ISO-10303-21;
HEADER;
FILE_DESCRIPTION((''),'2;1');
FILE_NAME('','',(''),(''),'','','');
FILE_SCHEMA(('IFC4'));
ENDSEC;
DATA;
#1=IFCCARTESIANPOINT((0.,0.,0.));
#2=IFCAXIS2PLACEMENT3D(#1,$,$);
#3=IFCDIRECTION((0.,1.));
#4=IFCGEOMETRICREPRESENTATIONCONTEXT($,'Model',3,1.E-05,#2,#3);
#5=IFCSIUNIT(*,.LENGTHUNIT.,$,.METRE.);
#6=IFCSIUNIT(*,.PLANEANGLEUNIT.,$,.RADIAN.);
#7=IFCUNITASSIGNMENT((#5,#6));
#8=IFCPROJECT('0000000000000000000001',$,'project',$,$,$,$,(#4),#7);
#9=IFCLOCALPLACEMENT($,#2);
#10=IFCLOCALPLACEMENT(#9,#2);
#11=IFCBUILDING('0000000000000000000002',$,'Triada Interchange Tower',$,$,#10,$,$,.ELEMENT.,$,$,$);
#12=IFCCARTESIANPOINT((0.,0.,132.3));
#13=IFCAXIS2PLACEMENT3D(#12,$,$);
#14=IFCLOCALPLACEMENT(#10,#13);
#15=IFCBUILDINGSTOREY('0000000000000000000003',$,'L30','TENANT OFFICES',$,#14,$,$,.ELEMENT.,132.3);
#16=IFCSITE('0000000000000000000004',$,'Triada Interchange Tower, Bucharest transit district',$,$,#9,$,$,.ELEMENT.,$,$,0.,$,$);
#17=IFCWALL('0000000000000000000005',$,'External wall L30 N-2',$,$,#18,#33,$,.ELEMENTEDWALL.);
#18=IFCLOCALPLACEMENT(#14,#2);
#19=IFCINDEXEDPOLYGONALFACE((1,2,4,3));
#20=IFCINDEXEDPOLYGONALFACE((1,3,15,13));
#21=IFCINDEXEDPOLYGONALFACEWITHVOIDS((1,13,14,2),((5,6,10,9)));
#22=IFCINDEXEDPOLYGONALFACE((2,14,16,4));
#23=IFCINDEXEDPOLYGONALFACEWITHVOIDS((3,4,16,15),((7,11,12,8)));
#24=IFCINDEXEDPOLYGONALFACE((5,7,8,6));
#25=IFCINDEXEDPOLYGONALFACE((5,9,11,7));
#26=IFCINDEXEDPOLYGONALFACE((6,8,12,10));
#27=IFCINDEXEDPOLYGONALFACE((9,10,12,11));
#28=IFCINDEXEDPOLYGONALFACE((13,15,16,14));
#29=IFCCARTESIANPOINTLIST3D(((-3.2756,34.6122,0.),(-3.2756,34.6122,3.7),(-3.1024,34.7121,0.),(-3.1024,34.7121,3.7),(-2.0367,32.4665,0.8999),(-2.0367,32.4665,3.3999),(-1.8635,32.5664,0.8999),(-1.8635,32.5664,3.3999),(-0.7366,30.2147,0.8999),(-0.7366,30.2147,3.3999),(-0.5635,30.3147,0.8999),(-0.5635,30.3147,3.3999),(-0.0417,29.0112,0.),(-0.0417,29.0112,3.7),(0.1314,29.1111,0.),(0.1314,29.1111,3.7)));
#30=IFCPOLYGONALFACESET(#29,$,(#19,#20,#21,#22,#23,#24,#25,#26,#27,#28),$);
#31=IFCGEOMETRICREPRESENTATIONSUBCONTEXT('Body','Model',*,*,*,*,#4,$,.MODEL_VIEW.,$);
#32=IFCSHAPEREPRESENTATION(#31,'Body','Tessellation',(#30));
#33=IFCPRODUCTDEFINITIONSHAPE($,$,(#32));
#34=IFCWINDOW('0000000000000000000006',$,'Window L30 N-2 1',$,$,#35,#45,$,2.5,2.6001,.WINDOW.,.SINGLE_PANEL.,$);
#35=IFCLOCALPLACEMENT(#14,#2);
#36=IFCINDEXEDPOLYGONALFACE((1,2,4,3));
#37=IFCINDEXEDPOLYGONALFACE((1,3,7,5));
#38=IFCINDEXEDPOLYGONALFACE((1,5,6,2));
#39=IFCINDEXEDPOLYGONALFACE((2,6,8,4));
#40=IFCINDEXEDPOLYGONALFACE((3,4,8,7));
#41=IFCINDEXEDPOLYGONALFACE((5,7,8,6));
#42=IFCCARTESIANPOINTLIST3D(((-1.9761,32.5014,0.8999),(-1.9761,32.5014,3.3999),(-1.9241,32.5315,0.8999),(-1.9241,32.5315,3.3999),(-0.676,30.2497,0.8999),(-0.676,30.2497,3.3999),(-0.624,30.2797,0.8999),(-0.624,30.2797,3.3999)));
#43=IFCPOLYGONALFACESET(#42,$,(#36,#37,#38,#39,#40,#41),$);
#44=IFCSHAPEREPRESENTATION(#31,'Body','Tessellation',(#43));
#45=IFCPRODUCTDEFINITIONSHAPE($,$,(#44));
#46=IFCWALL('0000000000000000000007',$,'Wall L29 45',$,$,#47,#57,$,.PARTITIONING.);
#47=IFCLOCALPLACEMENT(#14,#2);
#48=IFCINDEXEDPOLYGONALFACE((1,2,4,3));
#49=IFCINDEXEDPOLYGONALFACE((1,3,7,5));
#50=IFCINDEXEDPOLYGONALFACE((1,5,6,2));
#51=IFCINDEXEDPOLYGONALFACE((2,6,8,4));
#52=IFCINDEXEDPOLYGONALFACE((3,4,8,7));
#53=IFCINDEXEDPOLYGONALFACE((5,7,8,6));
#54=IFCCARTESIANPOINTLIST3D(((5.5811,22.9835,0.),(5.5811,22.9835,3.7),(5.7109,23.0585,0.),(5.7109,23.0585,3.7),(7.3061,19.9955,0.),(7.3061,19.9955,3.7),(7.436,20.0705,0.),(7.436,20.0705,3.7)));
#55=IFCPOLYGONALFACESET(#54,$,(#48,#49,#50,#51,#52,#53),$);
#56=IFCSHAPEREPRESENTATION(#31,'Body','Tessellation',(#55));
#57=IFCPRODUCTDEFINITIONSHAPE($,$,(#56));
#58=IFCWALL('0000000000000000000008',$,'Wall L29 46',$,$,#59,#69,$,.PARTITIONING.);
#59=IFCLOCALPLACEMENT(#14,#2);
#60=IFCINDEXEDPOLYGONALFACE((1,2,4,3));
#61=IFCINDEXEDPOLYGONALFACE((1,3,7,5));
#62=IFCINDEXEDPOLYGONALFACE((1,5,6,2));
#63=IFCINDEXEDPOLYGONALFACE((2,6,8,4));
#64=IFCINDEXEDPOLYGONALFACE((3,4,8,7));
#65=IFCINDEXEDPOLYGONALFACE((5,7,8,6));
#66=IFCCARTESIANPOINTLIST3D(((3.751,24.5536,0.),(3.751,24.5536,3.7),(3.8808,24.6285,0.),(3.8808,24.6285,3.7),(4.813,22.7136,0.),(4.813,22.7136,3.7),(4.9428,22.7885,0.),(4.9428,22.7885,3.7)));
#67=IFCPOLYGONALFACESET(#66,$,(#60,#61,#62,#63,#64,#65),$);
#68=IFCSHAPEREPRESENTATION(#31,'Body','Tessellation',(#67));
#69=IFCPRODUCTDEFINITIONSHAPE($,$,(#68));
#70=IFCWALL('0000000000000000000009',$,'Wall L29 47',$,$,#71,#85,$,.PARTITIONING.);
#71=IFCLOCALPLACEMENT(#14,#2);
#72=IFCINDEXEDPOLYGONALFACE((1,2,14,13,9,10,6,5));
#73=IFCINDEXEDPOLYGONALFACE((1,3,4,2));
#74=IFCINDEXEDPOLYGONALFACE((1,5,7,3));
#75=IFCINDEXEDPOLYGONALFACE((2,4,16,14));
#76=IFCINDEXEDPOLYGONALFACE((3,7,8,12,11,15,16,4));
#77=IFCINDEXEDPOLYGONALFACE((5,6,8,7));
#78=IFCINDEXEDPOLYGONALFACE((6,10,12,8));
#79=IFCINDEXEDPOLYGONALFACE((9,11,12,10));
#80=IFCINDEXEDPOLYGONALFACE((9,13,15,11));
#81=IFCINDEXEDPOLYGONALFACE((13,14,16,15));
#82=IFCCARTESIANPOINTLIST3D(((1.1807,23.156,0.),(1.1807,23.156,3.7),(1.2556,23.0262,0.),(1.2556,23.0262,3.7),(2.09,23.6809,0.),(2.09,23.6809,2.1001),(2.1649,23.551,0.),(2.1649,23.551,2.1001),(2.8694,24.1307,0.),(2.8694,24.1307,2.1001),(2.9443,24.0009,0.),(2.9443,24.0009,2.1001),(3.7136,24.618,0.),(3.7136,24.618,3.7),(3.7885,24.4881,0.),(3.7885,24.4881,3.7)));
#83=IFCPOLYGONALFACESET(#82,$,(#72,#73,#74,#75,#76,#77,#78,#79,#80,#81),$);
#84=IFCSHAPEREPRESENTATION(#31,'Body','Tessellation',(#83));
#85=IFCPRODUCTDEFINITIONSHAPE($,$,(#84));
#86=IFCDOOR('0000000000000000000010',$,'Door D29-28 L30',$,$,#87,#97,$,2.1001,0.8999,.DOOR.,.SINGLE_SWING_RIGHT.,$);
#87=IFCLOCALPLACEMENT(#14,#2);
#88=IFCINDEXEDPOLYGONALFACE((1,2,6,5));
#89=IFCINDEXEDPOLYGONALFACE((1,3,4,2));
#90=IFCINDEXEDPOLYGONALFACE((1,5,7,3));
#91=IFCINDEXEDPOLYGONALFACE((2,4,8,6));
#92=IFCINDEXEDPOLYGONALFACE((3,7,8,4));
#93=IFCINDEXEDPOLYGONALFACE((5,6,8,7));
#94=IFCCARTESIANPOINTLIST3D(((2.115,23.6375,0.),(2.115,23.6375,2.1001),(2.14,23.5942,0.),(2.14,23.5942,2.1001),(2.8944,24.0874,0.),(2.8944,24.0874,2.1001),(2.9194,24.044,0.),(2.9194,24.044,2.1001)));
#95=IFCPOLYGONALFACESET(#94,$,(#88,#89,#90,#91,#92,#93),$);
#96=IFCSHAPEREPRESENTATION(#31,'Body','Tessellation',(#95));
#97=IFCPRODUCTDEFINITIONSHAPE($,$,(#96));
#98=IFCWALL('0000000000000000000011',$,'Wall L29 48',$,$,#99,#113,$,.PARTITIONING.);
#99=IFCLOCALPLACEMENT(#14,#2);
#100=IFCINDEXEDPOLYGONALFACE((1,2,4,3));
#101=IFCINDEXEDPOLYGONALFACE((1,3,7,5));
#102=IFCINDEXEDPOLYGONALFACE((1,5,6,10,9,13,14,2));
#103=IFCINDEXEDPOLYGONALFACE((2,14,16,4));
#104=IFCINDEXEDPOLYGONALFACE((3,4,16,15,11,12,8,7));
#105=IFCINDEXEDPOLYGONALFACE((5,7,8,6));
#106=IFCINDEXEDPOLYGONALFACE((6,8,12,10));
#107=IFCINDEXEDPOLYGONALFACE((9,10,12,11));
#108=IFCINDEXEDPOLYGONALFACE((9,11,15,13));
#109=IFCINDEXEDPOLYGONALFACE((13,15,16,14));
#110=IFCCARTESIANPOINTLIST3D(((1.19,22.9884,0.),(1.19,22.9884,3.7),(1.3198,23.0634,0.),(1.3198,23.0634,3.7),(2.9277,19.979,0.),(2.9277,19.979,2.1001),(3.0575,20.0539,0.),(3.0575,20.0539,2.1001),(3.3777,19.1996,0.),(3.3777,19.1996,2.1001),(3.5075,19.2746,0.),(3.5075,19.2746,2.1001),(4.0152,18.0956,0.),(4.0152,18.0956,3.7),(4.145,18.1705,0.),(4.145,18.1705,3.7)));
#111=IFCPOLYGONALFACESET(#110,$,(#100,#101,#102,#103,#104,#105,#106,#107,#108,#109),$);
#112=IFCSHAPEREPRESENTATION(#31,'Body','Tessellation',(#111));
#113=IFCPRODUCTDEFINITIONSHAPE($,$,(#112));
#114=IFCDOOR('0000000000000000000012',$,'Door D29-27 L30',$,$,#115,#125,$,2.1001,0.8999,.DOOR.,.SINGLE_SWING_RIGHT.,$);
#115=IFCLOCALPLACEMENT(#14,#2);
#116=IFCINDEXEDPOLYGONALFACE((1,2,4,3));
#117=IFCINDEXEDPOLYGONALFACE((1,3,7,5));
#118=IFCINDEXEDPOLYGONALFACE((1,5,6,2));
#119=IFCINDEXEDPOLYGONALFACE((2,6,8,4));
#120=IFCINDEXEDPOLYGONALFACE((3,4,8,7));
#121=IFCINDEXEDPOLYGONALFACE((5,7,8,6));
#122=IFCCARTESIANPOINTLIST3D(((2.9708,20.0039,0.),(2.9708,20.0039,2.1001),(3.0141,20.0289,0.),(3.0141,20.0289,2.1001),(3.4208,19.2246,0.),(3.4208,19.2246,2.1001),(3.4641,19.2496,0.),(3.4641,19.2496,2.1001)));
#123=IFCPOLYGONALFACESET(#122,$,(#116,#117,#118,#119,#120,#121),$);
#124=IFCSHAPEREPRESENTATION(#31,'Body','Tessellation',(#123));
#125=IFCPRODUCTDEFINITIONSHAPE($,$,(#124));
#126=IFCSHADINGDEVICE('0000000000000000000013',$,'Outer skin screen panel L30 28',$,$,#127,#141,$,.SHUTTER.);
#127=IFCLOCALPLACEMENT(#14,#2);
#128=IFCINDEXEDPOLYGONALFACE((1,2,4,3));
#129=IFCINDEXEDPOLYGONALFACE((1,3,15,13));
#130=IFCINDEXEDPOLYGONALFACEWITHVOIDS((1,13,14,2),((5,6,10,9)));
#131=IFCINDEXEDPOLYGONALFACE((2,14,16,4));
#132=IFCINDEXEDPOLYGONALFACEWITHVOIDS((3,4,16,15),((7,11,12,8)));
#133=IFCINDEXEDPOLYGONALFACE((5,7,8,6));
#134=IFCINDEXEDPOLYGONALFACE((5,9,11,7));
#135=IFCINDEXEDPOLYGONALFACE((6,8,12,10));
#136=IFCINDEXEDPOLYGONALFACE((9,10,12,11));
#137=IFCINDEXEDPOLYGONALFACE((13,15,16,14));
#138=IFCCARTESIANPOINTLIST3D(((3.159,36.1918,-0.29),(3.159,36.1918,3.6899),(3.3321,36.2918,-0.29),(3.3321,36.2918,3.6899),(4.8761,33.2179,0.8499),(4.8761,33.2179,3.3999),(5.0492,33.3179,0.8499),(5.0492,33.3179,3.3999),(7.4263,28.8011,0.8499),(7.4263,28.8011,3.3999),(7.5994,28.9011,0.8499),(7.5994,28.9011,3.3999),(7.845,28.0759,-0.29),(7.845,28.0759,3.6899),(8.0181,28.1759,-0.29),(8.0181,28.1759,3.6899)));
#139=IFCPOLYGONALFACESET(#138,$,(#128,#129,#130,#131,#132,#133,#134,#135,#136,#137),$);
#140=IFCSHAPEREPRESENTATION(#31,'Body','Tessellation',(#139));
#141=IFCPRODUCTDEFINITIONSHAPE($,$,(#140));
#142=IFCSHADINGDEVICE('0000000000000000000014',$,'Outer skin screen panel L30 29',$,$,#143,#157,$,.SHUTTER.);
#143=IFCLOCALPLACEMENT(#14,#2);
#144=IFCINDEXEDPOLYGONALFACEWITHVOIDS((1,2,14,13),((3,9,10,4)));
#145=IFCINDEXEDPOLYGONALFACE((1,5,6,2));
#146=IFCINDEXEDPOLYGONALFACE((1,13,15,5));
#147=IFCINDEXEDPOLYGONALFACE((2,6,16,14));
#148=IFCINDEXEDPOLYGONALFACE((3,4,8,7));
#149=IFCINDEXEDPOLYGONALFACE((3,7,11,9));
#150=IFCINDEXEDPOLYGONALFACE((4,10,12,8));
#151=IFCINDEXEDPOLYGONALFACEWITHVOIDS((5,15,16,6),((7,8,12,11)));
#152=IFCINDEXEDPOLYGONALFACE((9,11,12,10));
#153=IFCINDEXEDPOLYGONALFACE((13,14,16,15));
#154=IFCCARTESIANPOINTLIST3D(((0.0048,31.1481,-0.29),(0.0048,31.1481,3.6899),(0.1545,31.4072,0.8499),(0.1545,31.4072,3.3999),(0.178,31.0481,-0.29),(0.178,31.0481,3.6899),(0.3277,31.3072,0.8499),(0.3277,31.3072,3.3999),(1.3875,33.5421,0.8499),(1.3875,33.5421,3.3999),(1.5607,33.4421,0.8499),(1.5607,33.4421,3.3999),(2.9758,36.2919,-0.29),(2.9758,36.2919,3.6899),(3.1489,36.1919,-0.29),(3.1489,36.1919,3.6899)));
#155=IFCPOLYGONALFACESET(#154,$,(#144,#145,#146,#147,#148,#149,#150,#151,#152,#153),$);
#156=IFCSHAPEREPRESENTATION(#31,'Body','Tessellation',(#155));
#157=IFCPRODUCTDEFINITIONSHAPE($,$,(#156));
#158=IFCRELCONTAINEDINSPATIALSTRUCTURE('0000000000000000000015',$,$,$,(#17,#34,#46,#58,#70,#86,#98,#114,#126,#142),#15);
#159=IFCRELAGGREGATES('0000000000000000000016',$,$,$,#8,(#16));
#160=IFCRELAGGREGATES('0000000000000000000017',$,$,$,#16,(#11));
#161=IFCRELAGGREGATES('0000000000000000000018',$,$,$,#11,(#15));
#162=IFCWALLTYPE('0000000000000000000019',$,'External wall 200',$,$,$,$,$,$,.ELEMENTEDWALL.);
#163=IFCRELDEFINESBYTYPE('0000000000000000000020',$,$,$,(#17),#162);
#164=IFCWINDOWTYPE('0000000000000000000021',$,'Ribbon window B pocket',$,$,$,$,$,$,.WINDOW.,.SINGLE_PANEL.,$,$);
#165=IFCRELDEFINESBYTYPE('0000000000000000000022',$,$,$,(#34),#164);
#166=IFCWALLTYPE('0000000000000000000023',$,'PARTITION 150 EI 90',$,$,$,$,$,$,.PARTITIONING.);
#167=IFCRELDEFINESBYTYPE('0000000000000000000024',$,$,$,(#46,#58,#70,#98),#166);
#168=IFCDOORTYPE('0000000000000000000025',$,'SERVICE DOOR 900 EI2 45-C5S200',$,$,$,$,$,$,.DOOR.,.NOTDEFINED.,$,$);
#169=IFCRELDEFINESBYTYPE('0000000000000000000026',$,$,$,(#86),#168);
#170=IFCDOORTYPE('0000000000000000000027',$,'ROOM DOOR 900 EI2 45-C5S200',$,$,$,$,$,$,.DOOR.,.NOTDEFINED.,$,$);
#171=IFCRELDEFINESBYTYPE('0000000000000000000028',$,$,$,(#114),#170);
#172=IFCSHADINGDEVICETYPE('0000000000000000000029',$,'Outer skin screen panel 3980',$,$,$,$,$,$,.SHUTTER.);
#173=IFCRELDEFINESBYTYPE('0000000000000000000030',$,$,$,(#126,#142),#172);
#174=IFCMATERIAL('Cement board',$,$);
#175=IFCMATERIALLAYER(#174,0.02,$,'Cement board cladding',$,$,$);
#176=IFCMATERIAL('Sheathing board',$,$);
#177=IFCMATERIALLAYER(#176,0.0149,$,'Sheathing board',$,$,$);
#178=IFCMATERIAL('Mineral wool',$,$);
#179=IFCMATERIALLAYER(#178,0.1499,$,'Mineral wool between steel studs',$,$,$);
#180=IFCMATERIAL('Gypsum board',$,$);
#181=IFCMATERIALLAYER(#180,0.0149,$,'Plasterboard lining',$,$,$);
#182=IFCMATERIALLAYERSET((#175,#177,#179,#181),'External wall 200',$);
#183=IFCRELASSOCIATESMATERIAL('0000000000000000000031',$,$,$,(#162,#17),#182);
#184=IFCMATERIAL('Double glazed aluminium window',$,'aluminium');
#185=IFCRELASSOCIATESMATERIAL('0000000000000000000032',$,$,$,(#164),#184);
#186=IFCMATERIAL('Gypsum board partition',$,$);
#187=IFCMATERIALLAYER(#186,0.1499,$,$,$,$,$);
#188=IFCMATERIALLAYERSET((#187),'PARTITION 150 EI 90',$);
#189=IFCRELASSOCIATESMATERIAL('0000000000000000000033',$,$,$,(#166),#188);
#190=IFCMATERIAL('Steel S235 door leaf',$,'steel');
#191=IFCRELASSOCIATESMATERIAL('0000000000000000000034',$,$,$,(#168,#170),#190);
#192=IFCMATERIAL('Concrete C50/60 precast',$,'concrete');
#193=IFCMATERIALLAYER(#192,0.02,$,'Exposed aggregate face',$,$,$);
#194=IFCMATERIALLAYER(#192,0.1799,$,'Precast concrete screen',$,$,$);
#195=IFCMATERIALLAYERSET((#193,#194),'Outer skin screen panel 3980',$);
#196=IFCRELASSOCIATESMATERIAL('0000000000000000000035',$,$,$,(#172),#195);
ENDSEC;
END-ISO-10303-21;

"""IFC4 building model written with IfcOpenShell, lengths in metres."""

from ifc_helpers import new_model, si_unit, direction, frame, frame_2d, origin, place, context, subcontext, project, spatial, polyline, rectangle, outline, extrude, material, layer, layer_set, layer_usage, type_object, element, fill, save


model = new_model("IFC4")

# Units and contexts
model_context = context("Model", 3, precision=1e-05, world=origin(), true_north=direction((0.0, 1.0)))
body_context = subcontext(model_context, "Body", "Model", "MODEL_VIEW")
ifc_project = project(units=[si_unit("LENGTHUNIT", "METRE"), si_unit("PLANEANGLEUNIT", "RADIAN")], contexts=[model_context])

# Site, building, storey
site_placement = place(None, origin())
site = spatial("IfcSite", under=ifc_project, at=site_placement, Name="Triada Interchange Tower, Bucharest transit district", CompositionType="ELEMENT", RefElevation=0.0)
building_placement = place(site_placement, origin())
building = spatial("IfcBuilding", under=site, at=building_placement, Name="Triada Interchange Tower", CompositionType="ELEMENT")
storey_placement = place(building_placement, frame((0.0, 0.0, 132.3)))
storey = spatial("IfcBuildingStorey", under=building, at=storey_placement, Name="L30", Description="TENANT OFFICES", CompositionType="ELEMENT", Elevation=132.3)

# Wall, opening, window
ifc_material_1 = material(Name="Cement board")
ifc_layer_1 = layer(ifc_material_1, 0.02, Name="Cement board cladding")
ifc_material_2 = material(Name="Sheathing board")
ifc_layer_2 = layer(ifc_material_2, 0.0149, Name="Sheathing board")
ifc_material_3 = material(Name="Mineral wool")
ifc_layer_3 = layer(ifc_material_3, 0.1499, Name="Mineral wool between steel studs")
ifc_material_4 = material(Name="Gypsum board")
ifc_layer_4 = layer(ifc_material_4, 0.0149, Name="Plasterboard lining")
ifc_layer_set_1 = layer_set([ifc_layer_1, ifc_layer_2, ifc_layer_3, ifc_layer_4], Name="External wall 200")
ifc_layer_usage = layer_usage(ifc_layer_set_1, "AXIS2", "POSITIVE", -0.1001)
wall_type_1 = type_object("IfcWallType", Name="External wall 200", PredefinedType="ELEMENTEDWALL", material=ifc_layer_set_1)
ifc_material_5 = material(Name="Double glazed aluminium window", Category="aluminium")
window_type = type_object("IfcWindowType", Name="Ribbon window B pocket", PartitioningType="SINGLE_PANEL", PredefinedType="WINDOW", material=ifc_material_5)
wall_1_placement = place(storey_placement, frame((0.0449, 29.061, 0.0), z_axis=(0.0, 0.0, 1.0), x_axis=(-0.500012, 0.866018, 0.0)))
wall_1 = element("IfcWall", 1, at=wall_1_placement, inside=storey, type_object=wall_type_1, material=ifc_layer_usage, Name="External wall L30 N-2", PredefinedType="ELEMENTEDWALL", context=body_context, shape_type="SweptSolid", body=[
    extrude(rectangle(XDim=6.4675, YDim=0.2, at=frame_2d((3.2339, 0.0))), origin(), (0.0, 0.0, 1.0), 3.7),
])
opening_1_placement = place(wall_1_placement, frame((1.3899, 0.0, 0.8999)))
opening_1 = element("IfcOpeningElement", 2, at=opening_1_placement, cuts=wall_1, PredefinedType="OPENING", context=body_context, shape_type="SweptSolid", body=[
    extrude(rectangle(XDim=2.6001, YDim=2.5, at=frame_2d((1.3, 1.25))), frame((0.0, 0.1099, 0.0), z_axis=(0.0, -1.0, 0.0), x_axis=(1.0, 0.0, 0.0)), (0.0, 0.0, 1.0), 0.22),
])
window_1_placement = place(opening_1_placement, origin())
window_1 = element("IfcWindow", 3, at=window_1_placement, inside=storey, type_object=window_type, Name="Window L30 N-2 1", OverallHeight=2.5, OverallWidth=2.6001, PartitioningType="SINGLE_PANEL", PredefinedType="WINDOW", context=body_context, shape_type="SweptSolid", body=[
    extrude(rectangle(XDim=2.6001, YDim=2.5, at=frame_2d((1.3, 1.25))), frame((0.0, 0.03, 0.0), z_axis=(0.0, -1.0, 0.0), x_axis=(1.0, 0.0, 0.0)), (0.0, 0.0, 1.0), 0.0601),
])
fill(opening_1, window_1)

# Walls
ifc_material_6 = material(Name="Gypsum board partition")
ifc_layer_5 = layer(ifc_material_6, 0.1499)
ifc_layer_set_2 = layer_set([ifc_layer_5], Name="PARTITION 150 EI 90")
wall_type_2 = type_object("IfcWallType", Name="PARTITION 150 EI 90", PredefinedType="PARTITIONING", material=ifc_layer_set_2)
wall_2_placement = place(storey_placement, frame((5.646, 23.021, 0.0), z_axis=(0.0, 0.0, 1.0), x_axis=(0.49999, -0.866031, 0.0)))
element("IfcWall", 4, at=wall_2_placement, inside=storey, type_object=wall_type_2, Name="Wall L29 45", PredefinedType="PARTITIONING", context=body_context, shape_type="SweptSolid", body=[
    extrude(rectangle(XDim=3.4502, YDim=0.1499, at=frame_2d((1.7251, 0.0))), origin(), (0.0, 0.0, 1.0), 3.7),
])
wall_3_placement = place(storey_placement, frame((3.8159, 24.5911, 0.0), z_axis=(0.0, 0.0, 1.0), x_axis=(0.499872, -0.866099, 0.0)))
element("IfcWall", 5, at=wall_3_placement, inside=storey, type_object=wall_type_2, Name="Wall L29 46", PredefinedType="PARTITIONING", context=body_context, shape_type="SweptSolid", body=[
    extrude(rectangle(XDim=2.1245, YDim=0.1499, at=frame_2d((1.0623, 0.0))), origin(), (0.0, 0.0, 1.0), 3.7),
])

# Walls, openings, doors
wall_4_placement = place(storey_placement, frame((1.218, 23.0911, 0.0), z_axis=(0.0, 0.0, 1.0), x_axis=(0.866098, 0.499874, 0.0)))
wall_4 = element("IfcWall", 6, at=wall_4_placement, inside=storey, type_object=wall_type_2, Name="Wall L29 47", PredefinedType="PARTITIONING", context=body_context, shape_type="SweptSolid", body=[
    extrude(rectangle(XDim=2.9246, YDim=0.1499, at=frame_2d((1.4624, 0.0))), origin(), (0.0, 0.0, 1.0), 3.7),
])
opening_2_placement = place(wall_4_placement, frame((1.05, 0.0, 0.0)))
opening_2 = element("IfcOpeningElement", 7, at=opening_2_placement, cuts=wall_4, PredefinedType="OPENING", context=body_context, shape_type="SweptSolid", body=[
    extrude(rectangle(XDim=0.8999, YDim=2.1001, at=frame_2d((0.45, 1.05))), frame((0.0, 0.085, 0.0), z_axis=(0.0, -1.0, 0.0), x_axis=(1.0, 0.0, 0.0)), (0.0, 0.0, 1.0), 0.1699),
])
ifc_material_7 = material(Name="Steel S235 door leaf", Category="steel")
door_type_1 = type_object("IfcDoorType", Name="SERVICE DOOR 900 EI2 45-C5S200", OperationType="NOTDEFINED", PredefinedType="DOOR", material=ifc_material_7)
door_1_placement = place(opening_2_placement, origin())
door_1 = element("IfcDoor", 8, at=door_1_placement, inside=storey, type_object=door_type_1, Name="Door D29-28 L30", OperationType="SINGLE_SWING_RIGHT", OverallHeight=2.1001, OverallWidth=0.8999, PredefinedType="DOOR", context=body_context, shape_type="SweptSolid", body=[
    extrude(rectangle(XDim=0.8999, YDim=2.1001, at=frame_2d((0.45, 1.05))), frame((0.0, 0.0249, 0.0), z_axis=(0.0, -1.0, 0.0), x_axis=(1.0, 0.0, 0.0)), (0.0, 0.0, 1.0), 0.05),
])
fill(opening_2, door_1)
wall_5_placement = place(storey_placement, frame((1.2549, 23.0259, 0.0), z_axis=(0.0, 0.0, 1.0), x_axis=(0.500043, -0.866001, 0.0)))
wall_5 = element("IfcWall", 9, at=wall_5_placement, inside=storey, type_object=wall_type_2, Name="Wall L29 48", PredefinedType="PARTITIONING", context=body_context, shape_type="SweptSolid", body=[
    extrude(rectangle(XDim=5.6499, YDim=0.1499, at=frame_2d((2.825, 0.0))), origin(), (0.0, 0.0, 1.0), 3.7),
])
opening_3_placement = place(wall_5_placement, frame((3.4751, 0.0, 0.0)))
opening_3 = element("IfcOpeningElement", 10, at=opening_3_placement, cuts=wall_5, PredefinedType="OPENING", context=body_context, shape_type="SweptSolid", body=[
    extrude(rectangle(XDim=0.8999, YDim=2.1001, at=frame_2d((0.45, 1.05))), frame((0.0, 0.085, 0.0), z_axis=(0.0, -1.0, 0.0), x_axis=(1.0, 0.0, 0.0)), (0.0, 0.0, 1.0), 0.1699),
])
door_type_2 = type_object("IfcDoorType", Name="ROOM DOOR 900 EI2 45-C5S200", OperationType="NOTDEFINED", PredefinedType="DOOR", material=ifc_material_7)
door_2_placement = place(opening_3_placement, origin())
door_2 = element("IfcDoor", 11, at=door_2_placement, inside=storey, type_object=door_type_2, Name="Door D29-27 L30", OperationType="SINGLE_SWING_RIGHT", OverallHeight=2.1001, OverallWidth=0.8999, PredefinedType="DOOR", context=body_context, shape_type="SweptSolid", body=[
    extrude(rectangle(XDim=0.8999, YDim=2.1001, at=frame_2d((0.45, 1.05))), frame((0.0, 0.0249, 0.0), z_axis=(0.0, -1.0, 0.0), x_axis=(1.0, 0.0, 0.0)), (0.0, 0.0, 1.0), 0.05),
])
fill(opening_3, door_2)

# Shading devices
ifc_material_8 = material(Name="Concrete C50/60 precast", Category="concrete")
ifc_layer_6 = layer(ifc_material_8, 0.02, Name="Exposed aggregate face")
ifc_layer_7 = layer(ifc_material_8, 0.1799, Name="Precast concrete screen")
ifc_layer_set_3 = layer_set([ifc_layer_6, ifc_layer_7], Name="Outer skin screen panel 3980")
shading_device_type = type_object("IfcShadingDeviceType", Name="Outer skin screen panel 3980", PredefinedType="SHUTTER", material=ifc_layer_set_3)
shading_device_1_placement = place(storey_placement, frame((7.845, 28.0759, -0.29), z_axis=(0.0, 0.0, 1.0), x_axis=(-0.500022, 0.866012, 0.0)))
element("IfcShadingDevice", 12, at=shading_device_1_placement, inside=storey, type_object=shading_device_type, Name="Outer skin screen panel L30 28", PredefinedType="SHUTTER", context=body_context, shape_type="SweptSolid", body=[
    extrude(outline(polyline([(0.0, 0.0), (9.3716, 0.0), (9.3716, 3.98), (0.0, 3.98), (0.0, 0.0)]), holes=[polyline([(0.8374, 1.1399), (0.8374, 3.6899), (5.9375, 3.6899), (5.9375, 1.1399), (0.8374, 1.1399)])]), frame((0.0, 0.0, 0.0), z_axis=(0.0, -1.0, 0.0), x_axis=(1.0, 0.0, 0.0)), (0.0, 0.0, 1.0), 0.2),
])
shading_device_2_placement = place(storey_placement, frame((3.1489, 36.1919, -0.29), z_axis=(0.0, 0.0, 1.0), x_axis=(-0.500148, -0.86594, 0.0)))
element("IfcShadingDevice", 13, at=shading_device_2_placement, inside=storey, type_object=shading_device_type, Name="Outer skin screen panel L30 29", PredefinedType="SHUTTER", context=body_context, shape_type="SweptSolid", body=[
    extrude(outline(polyline([(0.0, 0.0), (5.9402, 0.0), (5.9402, 3.98), (0.0, 3.98), (0.0, 0.0)]), holes=[polyline([(3.1755, 1.1399), (3.1755, 3.6899), (5.6409, 3.6899), (5.6409, 1.1399), (3.1755, 1.1399)])]), frame((0.0, 0.0, 0.0), z_axis=(0.0, -1.0, 0.0), x_axis=(1.0, 0.0, 0.0)), (0.0, 0.0, 1.0), 0.2),
])

save(model, "model.ifc")
